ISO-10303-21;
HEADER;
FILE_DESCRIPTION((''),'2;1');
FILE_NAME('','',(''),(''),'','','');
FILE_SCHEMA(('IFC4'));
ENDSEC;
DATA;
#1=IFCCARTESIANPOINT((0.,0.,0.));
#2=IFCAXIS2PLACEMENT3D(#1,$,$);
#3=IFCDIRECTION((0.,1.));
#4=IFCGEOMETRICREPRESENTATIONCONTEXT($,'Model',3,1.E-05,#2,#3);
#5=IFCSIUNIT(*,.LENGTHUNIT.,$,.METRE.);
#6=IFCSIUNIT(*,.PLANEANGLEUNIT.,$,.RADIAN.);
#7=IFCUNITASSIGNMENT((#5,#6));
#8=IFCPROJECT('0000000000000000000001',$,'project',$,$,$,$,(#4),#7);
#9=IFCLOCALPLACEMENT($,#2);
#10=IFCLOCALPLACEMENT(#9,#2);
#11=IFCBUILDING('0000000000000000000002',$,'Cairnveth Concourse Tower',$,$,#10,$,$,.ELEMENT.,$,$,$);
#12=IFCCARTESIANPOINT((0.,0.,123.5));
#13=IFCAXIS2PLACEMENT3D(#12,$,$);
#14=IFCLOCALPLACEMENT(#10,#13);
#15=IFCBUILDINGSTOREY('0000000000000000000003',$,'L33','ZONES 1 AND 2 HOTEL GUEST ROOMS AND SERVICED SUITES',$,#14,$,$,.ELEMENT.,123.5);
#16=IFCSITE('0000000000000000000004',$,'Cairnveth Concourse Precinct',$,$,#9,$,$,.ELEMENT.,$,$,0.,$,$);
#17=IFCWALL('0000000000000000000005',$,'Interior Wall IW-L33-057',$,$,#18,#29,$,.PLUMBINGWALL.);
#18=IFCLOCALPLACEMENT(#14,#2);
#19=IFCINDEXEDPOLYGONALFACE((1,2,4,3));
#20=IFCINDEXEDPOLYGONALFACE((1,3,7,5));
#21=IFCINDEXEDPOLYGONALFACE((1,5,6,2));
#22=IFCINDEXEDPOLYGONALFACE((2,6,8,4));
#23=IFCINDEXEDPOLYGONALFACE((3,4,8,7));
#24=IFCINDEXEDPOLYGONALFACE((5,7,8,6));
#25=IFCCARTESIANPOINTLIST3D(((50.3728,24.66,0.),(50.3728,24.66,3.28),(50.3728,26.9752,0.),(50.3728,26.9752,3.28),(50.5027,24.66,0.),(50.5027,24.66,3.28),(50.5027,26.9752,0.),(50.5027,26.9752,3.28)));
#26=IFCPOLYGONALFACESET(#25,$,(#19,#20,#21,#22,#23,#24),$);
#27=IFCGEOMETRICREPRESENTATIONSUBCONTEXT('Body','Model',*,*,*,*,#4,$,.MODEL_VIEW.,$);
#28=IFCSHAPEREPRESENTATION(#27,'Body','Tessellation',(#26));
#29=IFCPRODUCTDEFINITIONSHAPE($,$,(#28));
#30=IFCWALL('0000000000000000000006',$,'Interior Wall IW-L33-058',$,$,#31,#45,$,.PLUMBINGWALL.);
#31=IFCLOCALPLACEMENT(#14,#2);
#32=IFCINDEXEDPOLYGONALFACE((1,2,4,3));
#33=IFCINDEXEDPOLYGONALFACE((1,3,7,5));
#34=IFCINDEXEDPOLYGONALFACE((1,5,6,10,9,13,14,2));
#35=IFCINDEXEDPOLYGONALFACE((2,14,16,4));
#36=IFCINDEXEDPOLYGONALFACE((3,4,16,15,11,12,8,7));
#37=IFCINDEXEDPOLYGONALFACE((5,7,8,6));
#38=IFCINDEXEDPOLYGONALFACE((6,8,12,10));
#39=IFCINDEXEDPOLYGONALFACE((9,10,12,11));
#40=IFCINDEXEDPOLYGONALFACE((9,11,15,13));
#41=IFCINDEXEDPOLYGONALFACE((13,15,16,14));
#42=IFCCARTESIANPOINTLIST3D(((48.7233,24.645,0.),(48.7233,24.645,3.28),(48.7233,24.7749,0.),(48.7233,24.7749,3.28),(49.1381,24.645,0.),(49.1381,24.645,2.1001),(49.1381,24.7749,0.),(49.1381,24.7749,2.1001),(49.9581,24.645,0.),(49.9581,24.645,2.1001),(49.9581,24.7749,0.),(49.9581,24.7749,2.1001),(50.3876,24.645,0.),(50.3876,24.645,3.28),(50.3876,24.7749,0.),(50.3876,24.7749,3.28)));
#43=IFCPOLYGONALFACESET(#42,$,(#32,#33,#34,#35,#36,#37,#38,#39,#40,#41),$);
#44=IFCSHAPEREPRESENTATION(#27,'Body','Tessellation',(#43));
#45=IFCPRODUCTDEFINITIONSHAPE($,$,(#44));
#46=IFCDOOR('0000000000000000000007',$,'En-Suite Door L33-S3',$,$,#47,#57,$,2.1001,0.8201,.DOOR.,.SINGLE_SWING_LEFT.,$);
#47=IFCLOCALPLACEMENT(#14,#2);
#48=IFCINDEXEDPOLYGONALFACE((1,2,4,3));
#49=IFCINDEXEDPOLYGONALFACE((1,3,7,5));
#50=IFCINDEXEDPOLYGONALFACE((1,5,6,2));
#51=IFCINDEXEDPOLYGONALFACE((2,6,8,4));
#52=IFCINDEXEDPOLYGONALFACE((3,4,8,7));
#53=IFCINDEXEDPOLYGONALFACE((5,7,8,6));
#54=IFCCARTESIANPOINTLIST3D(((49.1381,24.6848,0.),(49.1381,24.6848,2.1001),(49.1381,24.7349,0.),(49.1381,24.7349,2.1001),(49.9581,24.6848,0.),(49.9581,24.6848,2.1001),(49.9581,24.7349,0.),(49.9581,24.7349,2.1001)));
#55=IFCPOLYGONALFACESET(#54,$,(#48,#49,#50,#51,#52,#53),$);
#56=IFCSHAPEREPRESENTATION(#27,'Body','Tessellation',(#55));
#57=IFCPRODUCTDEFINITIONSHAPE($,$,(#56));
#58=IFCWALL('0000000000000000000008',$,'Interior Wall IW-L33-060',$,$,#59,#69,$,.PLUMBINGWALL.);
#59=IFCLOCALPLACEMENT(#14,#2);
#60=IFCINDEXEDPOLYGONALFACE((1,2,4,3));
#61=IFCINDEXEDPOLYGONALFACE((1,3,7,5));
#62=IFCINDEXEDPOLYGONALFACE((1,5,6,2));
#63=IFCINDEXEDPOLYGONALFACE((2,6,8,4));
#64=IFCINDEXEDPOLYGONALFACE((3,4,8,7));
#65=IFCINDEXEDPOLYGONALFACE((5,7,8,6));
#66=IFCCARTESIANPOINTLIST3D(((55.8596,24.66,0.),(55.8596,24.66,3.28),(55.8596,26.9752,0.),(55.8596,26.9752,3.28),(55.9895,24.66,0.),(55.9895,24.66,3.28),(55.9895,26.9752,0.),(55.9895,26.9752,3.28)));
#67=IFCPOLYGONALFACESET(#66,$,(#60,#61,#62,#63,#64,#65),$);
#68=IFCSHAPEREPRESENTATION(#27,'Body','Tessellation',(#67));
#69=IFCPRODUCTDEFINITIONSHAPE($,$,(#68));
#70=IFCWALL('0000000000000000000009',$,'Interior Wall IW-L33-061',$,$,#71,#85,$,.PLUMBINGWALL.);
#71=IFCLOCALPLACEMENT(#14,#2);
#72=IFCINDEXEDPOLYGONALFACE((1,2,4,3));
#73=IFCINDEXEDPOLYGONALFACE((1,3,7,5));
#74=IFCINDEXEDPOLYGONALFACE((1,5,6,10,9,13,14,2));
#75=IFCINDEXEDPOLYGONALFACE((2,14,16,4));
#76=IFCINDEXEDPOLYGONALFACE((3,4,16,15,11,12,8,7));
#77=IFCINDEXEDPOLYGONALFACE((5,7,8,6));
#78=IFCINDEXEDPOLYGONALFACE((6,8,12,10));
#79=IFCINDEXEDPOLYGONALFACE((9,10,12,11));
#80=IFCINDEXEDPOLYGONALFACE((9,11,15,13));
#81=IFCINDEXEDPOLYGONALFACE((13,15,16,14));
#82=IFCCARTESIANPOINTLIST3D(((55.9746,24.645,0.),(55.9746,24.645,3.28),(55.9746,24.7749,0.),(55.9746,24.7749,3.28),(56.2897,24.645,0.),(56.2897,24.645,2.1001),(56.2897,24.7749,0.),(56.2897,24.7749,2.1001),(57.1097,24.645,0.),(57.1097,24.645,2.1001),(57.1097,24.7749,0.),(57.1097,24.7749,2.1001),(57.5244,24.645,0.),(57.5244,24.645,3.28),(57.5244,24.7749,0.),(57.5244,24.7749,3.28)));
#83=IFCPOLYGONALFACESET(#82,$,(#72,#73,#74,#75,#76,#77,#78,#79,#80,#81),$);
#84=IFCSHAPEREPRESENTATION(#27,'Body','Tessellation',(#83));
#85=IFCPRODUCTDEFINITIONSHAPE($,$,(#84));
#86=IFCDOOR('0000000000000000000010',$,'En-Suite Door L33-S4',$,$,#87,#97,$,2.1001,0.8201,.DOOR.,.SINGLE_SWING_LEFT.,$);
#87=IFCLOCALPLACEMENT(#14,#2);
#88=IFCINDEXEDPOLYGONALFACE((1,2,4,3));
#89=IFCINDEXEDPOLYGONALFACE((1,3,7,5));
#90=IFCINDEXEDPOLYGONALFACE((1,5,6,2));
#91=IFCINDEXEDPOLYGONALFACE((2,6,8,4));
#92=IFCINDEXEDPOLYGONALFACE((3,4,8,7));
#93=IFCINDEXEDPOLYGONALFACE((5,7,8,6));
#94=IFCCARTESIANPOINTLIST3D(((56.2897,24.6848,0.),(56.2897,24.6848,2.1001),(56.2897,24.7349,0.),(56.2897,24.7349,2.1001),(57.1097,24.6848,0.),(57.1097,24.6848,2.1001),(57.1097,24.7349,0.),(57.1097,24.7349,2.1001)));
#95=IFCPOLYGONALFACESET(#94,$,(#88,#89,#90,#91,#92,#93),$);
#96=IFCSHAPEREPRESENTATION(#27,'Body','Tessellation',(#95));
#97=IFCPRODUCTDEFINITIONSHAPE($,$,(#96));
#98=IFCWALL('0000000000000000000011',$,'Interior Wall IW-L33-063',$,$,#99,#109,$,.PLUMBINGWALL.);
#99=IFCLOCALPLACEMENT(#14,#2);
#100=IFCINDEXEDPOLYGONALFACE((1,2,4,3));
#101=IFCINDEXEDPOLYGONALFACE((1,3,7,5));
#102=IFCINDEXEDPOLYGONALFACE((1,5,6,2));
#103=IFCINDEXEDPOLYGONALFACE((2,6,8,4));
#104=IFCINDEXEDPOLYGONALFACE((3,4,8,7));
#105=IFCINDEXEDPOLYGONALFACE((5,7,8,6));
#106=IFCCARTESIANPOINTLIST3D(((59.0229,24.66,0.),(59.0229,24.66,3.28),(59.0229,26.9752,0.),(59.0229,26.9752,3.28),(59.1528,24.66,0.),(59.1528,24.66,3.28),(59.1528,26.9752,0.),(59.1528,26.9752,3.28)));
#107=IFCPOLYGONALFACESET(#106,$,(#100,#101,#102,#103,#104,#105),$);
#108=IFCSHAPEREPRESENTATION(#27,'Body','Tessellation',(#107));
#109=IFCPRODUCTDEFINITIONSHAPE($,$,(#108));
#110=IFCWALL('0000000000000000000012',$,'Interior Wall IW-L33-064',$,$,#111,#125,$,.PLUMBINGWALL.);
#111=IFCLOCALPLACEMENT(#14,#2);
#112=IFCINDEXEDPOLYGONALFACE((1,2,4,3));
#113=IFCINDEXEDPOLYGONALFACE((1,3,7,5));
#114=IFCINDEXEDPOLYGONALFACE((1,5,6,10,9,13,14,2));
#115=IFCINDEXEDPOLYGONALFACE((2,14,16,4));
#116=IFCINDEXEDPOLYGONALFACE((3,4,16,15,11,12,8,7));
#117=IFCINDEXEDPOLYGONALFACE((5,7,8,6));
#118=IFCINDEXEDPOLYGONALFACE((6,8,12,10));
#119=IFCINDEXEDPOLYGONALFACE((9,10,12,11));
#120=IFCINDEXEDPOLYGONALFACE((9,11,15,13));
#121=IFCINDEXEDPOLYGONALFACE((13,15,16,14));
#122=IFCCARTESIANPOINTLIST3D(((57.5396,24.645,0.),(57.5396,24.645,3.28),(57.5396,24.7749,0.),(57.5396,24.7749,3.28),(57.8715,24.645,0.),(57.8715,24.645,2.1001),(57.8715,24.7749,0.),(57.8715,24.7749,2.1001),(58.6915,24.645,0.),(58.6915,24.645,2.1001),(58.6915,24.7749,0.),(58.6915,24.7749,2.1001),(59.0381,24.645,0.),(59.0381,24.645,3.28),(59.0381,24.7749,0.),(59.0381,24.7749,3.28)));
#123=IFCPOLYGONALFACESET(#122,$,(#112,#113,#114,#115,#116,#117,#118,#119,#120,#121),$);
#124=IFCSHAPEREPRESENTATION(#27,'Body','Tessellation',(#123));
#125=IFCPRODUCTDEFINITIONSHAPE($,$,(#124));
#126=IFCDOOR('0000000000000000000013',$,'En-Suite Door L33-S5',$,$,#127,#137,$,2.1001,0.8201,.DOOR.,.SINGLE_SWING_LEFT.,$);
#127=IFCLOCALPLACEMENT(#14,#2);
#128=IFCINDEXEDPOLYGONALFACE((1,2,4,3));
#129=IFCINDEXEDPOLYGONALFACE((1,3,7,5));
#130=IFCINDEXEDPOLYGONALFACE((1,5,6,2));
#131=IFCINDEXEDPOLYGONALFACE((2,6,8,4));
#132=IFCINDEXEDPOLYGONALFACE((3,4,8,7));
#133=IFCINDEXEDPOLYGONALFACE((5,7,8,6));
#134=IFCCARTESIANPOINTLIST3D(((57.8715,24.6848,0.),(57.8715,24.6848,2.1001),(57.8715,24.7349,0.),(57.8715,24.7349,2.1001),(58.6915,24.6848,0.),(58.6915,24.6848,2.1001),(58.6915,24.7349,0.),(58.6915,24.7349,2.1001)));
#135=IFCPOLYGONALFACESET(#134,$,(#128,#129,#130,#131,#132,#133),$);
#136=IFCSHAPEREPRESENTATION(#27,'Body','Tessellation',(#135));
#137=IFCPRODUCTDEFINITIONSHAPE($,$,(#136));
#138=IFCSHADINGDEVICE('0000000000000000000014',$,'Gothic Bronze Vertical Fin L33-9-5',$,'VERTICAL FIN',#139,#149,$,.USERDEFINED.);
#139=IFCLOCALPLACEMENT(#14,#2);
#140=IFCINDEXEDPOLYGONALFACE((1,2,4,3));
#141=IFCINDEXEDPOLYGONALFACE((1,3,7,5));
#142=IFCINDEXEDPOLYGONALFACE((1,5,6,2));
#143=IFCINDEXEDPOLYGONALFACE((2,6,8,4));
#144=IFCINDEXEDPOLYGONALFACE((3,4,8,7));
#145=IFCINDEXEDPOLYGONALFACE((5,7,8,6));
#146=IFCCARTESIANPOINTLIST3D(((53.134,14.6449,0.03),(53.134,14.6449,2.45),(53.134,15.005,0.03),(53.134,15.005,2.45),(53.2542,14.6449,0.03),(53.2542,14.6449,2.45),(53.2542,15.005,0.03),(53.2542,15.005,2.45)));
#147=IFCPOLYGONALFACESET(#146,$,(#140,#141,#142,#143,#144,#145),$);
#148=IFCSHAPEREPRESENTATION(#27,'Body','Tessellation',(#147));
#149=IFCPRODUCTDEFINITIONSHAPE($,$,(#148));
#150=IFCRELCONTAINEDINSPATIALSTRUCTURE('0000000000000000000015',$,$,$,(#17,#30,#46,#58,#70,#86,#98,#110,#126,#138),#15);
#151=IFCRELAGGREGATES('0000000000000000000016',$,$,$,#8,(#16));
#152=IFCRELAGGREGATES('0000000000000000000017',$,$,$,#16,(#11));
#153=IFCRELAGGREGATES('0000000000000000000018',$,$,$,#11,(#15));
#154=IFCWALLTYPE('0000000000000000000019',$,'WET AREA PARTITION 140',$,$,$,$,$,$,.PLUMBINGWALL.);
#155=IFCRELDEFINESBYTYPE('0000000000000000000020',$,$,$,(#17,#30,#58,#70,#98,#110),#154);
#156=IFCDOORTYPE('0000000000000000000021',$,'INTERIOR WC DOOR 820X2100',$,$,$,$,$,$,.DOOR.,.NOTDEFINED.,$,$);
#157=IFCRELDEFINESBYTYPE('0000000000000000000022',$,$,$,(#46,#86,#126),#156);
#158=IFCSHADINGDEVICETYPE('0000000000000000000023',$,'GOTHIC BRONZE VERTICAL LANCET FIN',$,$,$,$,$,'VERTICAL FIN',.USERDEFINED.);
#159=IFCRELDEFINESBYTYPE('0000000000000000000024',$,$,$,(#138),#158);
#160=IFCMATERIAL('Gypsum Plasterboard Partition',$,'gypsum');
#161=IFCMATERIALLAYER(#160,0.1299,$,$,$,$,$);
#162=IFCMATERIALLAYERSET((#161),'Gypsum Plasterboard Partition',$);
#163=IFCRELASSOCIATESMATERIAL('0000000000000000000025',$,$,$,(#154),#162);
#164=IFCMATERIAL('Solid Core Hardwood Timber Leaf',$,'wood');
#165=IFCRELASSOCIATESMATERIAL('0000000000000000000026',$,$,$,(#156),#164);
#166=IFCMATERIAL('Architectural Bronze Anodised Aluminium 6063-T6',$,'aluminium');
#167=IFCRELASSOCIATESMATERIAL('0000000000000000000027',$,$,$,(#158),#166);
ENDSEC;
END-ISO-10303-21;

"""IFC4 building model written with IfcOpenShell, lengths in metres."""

from ifc_helpers import new_model, si_unit, direction, frame, frame_2d, origin, origin_2d, place, context, subcontext, project, spatial, rectangle, extrude, material, layer, layer_set, type_object, element, fill, save


model = new_model("IFC4")

# Units and contexts
model_context = context("Model", 3, precision=1e-05, world=origin(), true_north=direction((0.0, 1.0)))
body_context = subcontext(model_context, "Body", "Model", "MODEL_VIEW")
ifc_project = project(units=[si_unit("LENGTHUNIT", "METRE"), si_unit("PLANEANGLEUNIT", "RADIAN")], contexts=[model_context])

# Site, building, storey
site_placement = place(None, origin())
site = spatial("IfcSite", under=ifc_project, at=site_placement, Name="Cairnveth Concourse Precinct", CompositionType="ELEMENT", RefElevation=0.0)
building_placement = place(site_placement, origin())
building = spatial("IfcBuilding", under=site, at=building_placement, Name="Cairnveth Concourse Tower", CompositionType="ELEMENT")
storey_placement = place(building_placement, frame((0.0, 0.0, 123.5)))
storey = spatial("IfcBuildingStorey", under=building, at=storey_placement, Name="L33", Description="ZONES 1 AND 2 HOTEL GUEST ROOMS AND SERVICED SUITES", CompositionType="ELEMENT", Elevation=123.5)

# Wall
ifc_material_1 = material(Name="Gypsum Plasterboard Partition", Category="gypsum")
ifc_layer_1 = layer(ifc_material_1, 0.1299)
ifc_layer_set_1 = layer_set([ifc_layer_1], Name="Gypsum Plasterboard Partition")
wall_type_1 = type_object("IfcWallType", Name="WET AREA PARTITION 140", PredefinedType="PLUMBINGWALL", material=ifc_layer_set_1)
wall_1_placement = place(storey_placement, frame((50.4377, 24.6599, 0.0), z_axis=(0.0, 0.0, 1.0), x_axis=(0.0, 1.0, 0.0)))
element("IfcWall", 1, at=wall_1_placement, inside=storey, type_object=wall_type_1, Name="Interior Wall IW-L33-057", PredefinedType="PLUMBINGWALL", context=body_context, shape_type="SweptSolid", body=[
    extrude(rectangle(XDim=2.3152, YDim=0.1299, at=frame_2d((1.1577, 0.0))), origin(), (0.0, 0.0, 1.0), 3.28),
])

# Wall, opening, door
wall_2_placement = place(storey_placement, frame((48.7234, 24.71, 0.0), z_axis=(0.0, 0.0, 1.0), x_axis=(1.0, 0.0, 0.0)))
wall_2 = element("IfcWall", 2, at=wall_2_placement, inside=storey, type_object=wall_type_1, Name="Interior Wall IW-L33-058", PredefinedType="PLUMBINGWALL", context=body_context, shape_type="SweptSolid", body=[
    extrude(rectangle(XDim=1.6643, YDim=0.1299, at=frame_2d((0.832, 0.0))), origin(), (0.0, 0.0, 1.0), 3.28),
])
opening_1_placement = place(wall_2_placement, frame((0.4146, 0.0, 0.0)))
opening_1 = element("IfcOpeningElement", 3, at=opening_1_placement, cuts=wall_2, PredefinedType="OPENING", context=body_context, shape_type="SweptSolid", body=[
    extrude(rectangle(XDim=0.8201, YDim=2.1001, at=frame_2d((0.4102, 1.05))), frame((0.0, 0.075, 0.0), z_axis=(0.0, -1.0, 0.0), x_axis=(1.0, 0.0, 0.0)), (0.0, 0.0, 1.0), 0.1499),
])
ifc_material_2 = material(Name="Solid Core Hardwood Timber Leaf", Category="wood")
door_type = type_object("IfcDoorType", Name="INTERIOR WC DOOR 820X2100", OperationType="NOTDEFINED", PredefinedType="DOOR", material=ifc_material_2)
door_1_placement = place(opening_1_placement, origin())
door_1 = element("IfcDoor", 4, at=door_1_placement, inside=storey, type_object=door_type, Name="En-Suite Door L33-S3", OperationType="SINGLE_SWING_LEFT", OverallHeight=2.1001, OverallWidth=0.8201, PredefinedType="DOOR", context=body_context, shape_type="SweptSolid", body=[
    extrude(rectangle(XDim=0.8201, YDim=2.1001, at=frame_2d((0.4102, 1.05))), frame((0.0, 0.0249, 0.0), z_axis=(0.0, -1.0, 0.0), x_axis=(1.0, 0.0, 0.0)), (0.0, 0.0, 1.0), 0.05),
])
fill(opening_1, door_1)

# Wall
wall_3_placement = place(storey_placement, frame((55.9246, 24.6599, 0.0), z_axis=(0.0, 0.0, 1.0), x_axis=(0.0, 1.0, 0.0)))
element("IfcWall", 5, at=wall_3_placement, inside=storey, type_object=wall_type_1, Name="Interior Wall IW-L33-060", PredefinedType="PLUMBINGWALL", context=body_context, shape_type="SweptSolid", body=[
    extrude(rectangle(XDim=2.3152, YDim=0.1299, at=frame_2d((1.1577, 0.0))), origin(), (0.0, 0.0, 1.0), 3.28),
])

# Wall, opening, door
wall_4_placement = place(storey_placement, frame((55.9746, 24.71, 0.0), z_axis=(0.0, 0.0, 1.0), x_axis=(1.0, 0.0, 0.0)))
wall_4 = element("IfcWall", 6, at=wall_4_placement, inside=storey, type_object=wall_type_1, Name="Interior Wall IW-L33-061", PredefinedType="PLUMBINGWALL", context=body_context, shape_type="SweptSolid", body=[
    extrude(rectangle(XDim=1.5498, YDim=0.1299, at=frame_2d((0.7749, 0.0))), origin(), (0.0, 0.0, 1.0), 3.28),
])
opening_2_placement = place(wall_4_placement, frame((0.3149, 0.0, 0.0)))
opening_2 = element("IfcOpeningElement", 7, at=opening_2_placement, cuts=wall_4, PredefinedType="OPENING", context=body_context, shape_type="SweptSolid", body=[
    extrude(rectangle(XDim=0.8201, YDim=2.1001, at=frame_2d((0.4102, 1.05))), frame((0.0, 0.075, 0.0), z_axis=(0.0, -1.0, 0.0), x_axis=(1.0, 0.0, 0.0)), (0.0, 0.0, 1.0), 0.1499),
])
door_2_placement = place(opening_2_placement, origin())
door_2 = element("IfcDoor", 8, at=door_2_placement, inside=storey, type_object=door_type, Name="En-Suite Door L33-S4", OperationType="SINGLE_SWING_LEFT", OverallHeight=2.1001, OverallWidth=0.8201, PredefinedType="DOOR", context=body_context, shape_type="SweptSolid", body=[
    extrude(rectangle(XDim=0.8201, YDim=2.1001, at=frame_2d((0.4102, 1.05))), frame((0.0, 0.0249, 0.0), z_axis=(0.0, -1.0, 0.0), x_axis=(1.0, 0.0, 0.0)), (0.0, 0.0, 1.0), 0.05),
])
fill(opening_2, door_2)

# Wall
wall_5_placement = place(storey_placement, frame((59.0879, 24.6599, 0.0), z_axis=(0.0, 0.0, 1.0), x_axis=(0.0, 1.0, 0.0)))
element("IfcWall", 9, at=wall_5_placement, inside=storey, type_object=wall_type_1, Name="Interior Wall IW-L33-063", PredefinedType="PLUMBINGWALL", context=body_context, shape_type="SweptSolid", body=[
    extrude(rectangle(XDim=2.3152, YDim=0.1299, at=frame_2d((1.1577, 0.0))), origin(), (0.0, 0.0, 1.0), 3.28),
])

# Wall, opening, door
wall_6_placement = place(storey_placement, frame((57.5396, 24.71, 0.0), z_axis=(0.0, 0.0, 1.0), x_axis=(1.0, 0.0, 0.0)))
wall_6 = element("IfcWall", 10, at=wall_6_placement, inside=storey, type_object=wall_type_1, Name="Interior Wall IW-L33-064", PredefinedType="PLUMBINGWALL", context=body_context, shape_type="SweptSolid", body=[
    extrude(rectangle(XDim=1.4985, YDim=0.1299, at=frame_2d((0.7493, 0.0))), origin(), (0.0, 0.0, 1.0), 3.28),
])
opening_3_placement = place(wall_6_placement, frame((0.3318, 0.0, 0.0)))
opening_3 = element("IfcOpeningElement", 11, at=opening_3_placement, cuts=wall_6, PredefinedType="OPENING", context=body_context, shape_type="SweptSolid", body=[
    extrude(rectangle(XDim=0.8201, YDim=2.1001, at=frame_2d((0.4102, 1.05))), frame((0.0, 0.075, 0.0), z_axis=(0.0, -1.0, 0.0), x_axis=(1.0, 0.0, 0.0)), (0.0, 0.0, 1.0), 0.1499),
])
door_3_placement = place(opening_3_placement, origin())
door_3 = element("IfcDoor", 12, at=door_3_placement, inside=storey, type_object=door_type, Name="En-Suite Door L33-S5", OperationType="SINGLE_SWING_LEFT", OverallHeight=2.1001, OverallWidth=0.8201, PredefinedType="DOOR", context=body_context, shape_type="SweptSolid", body=[
    extrude(rectangle(XDim=0.8201, YDim=2.1001, at=frame_2d((0.4102, 1.05))), frame((0.0, 0.0249, 0.0), z_axis=(0.0, -1.0, 0.0), x_axis=(1.0, 0.0, 0.0)), (0.0, 0.0, 1.0), 0.05),
])
fill(opening_3, door_3)

# Shading device
ifc_material_3 = material(Name="Architectural Bronze Anodised Aluminium 6063-T6", Category="aluminium")
shading_device_type = type_object("IfcShadingDeviceType", Name="GOTHIC BRONZE VERTICAL LANCET FIN", ElementType="VERTICAL FIN", PredefinedType="USERDEFINED", material=ifc_material_3)
shading_device_placement = place(storey_placement, frame((53.1941, 14.825, 0.03), z_axis=(0.0, 0.0, 1.0), x_axis=(1.0, 0.0, 0.0)))
element("IfcShadingDevice", 13, at=shading_device_placement, inside=storey, type_object=shading_device_type, Name="Gothic Bronze Vertical Fin L33-9-5", ObjectType="VERTICAL FIN", PredefinedType="USERDEFINED", context=body_context, shape_type="SweptSolid", body=[
    extrude(rectangle(XDim=0.1201, YDim=0.3601, at=origin_2d()), origin(), (0.0, 0.0, 1.0), 2.4199),
])

save(model, "model.ifc")
